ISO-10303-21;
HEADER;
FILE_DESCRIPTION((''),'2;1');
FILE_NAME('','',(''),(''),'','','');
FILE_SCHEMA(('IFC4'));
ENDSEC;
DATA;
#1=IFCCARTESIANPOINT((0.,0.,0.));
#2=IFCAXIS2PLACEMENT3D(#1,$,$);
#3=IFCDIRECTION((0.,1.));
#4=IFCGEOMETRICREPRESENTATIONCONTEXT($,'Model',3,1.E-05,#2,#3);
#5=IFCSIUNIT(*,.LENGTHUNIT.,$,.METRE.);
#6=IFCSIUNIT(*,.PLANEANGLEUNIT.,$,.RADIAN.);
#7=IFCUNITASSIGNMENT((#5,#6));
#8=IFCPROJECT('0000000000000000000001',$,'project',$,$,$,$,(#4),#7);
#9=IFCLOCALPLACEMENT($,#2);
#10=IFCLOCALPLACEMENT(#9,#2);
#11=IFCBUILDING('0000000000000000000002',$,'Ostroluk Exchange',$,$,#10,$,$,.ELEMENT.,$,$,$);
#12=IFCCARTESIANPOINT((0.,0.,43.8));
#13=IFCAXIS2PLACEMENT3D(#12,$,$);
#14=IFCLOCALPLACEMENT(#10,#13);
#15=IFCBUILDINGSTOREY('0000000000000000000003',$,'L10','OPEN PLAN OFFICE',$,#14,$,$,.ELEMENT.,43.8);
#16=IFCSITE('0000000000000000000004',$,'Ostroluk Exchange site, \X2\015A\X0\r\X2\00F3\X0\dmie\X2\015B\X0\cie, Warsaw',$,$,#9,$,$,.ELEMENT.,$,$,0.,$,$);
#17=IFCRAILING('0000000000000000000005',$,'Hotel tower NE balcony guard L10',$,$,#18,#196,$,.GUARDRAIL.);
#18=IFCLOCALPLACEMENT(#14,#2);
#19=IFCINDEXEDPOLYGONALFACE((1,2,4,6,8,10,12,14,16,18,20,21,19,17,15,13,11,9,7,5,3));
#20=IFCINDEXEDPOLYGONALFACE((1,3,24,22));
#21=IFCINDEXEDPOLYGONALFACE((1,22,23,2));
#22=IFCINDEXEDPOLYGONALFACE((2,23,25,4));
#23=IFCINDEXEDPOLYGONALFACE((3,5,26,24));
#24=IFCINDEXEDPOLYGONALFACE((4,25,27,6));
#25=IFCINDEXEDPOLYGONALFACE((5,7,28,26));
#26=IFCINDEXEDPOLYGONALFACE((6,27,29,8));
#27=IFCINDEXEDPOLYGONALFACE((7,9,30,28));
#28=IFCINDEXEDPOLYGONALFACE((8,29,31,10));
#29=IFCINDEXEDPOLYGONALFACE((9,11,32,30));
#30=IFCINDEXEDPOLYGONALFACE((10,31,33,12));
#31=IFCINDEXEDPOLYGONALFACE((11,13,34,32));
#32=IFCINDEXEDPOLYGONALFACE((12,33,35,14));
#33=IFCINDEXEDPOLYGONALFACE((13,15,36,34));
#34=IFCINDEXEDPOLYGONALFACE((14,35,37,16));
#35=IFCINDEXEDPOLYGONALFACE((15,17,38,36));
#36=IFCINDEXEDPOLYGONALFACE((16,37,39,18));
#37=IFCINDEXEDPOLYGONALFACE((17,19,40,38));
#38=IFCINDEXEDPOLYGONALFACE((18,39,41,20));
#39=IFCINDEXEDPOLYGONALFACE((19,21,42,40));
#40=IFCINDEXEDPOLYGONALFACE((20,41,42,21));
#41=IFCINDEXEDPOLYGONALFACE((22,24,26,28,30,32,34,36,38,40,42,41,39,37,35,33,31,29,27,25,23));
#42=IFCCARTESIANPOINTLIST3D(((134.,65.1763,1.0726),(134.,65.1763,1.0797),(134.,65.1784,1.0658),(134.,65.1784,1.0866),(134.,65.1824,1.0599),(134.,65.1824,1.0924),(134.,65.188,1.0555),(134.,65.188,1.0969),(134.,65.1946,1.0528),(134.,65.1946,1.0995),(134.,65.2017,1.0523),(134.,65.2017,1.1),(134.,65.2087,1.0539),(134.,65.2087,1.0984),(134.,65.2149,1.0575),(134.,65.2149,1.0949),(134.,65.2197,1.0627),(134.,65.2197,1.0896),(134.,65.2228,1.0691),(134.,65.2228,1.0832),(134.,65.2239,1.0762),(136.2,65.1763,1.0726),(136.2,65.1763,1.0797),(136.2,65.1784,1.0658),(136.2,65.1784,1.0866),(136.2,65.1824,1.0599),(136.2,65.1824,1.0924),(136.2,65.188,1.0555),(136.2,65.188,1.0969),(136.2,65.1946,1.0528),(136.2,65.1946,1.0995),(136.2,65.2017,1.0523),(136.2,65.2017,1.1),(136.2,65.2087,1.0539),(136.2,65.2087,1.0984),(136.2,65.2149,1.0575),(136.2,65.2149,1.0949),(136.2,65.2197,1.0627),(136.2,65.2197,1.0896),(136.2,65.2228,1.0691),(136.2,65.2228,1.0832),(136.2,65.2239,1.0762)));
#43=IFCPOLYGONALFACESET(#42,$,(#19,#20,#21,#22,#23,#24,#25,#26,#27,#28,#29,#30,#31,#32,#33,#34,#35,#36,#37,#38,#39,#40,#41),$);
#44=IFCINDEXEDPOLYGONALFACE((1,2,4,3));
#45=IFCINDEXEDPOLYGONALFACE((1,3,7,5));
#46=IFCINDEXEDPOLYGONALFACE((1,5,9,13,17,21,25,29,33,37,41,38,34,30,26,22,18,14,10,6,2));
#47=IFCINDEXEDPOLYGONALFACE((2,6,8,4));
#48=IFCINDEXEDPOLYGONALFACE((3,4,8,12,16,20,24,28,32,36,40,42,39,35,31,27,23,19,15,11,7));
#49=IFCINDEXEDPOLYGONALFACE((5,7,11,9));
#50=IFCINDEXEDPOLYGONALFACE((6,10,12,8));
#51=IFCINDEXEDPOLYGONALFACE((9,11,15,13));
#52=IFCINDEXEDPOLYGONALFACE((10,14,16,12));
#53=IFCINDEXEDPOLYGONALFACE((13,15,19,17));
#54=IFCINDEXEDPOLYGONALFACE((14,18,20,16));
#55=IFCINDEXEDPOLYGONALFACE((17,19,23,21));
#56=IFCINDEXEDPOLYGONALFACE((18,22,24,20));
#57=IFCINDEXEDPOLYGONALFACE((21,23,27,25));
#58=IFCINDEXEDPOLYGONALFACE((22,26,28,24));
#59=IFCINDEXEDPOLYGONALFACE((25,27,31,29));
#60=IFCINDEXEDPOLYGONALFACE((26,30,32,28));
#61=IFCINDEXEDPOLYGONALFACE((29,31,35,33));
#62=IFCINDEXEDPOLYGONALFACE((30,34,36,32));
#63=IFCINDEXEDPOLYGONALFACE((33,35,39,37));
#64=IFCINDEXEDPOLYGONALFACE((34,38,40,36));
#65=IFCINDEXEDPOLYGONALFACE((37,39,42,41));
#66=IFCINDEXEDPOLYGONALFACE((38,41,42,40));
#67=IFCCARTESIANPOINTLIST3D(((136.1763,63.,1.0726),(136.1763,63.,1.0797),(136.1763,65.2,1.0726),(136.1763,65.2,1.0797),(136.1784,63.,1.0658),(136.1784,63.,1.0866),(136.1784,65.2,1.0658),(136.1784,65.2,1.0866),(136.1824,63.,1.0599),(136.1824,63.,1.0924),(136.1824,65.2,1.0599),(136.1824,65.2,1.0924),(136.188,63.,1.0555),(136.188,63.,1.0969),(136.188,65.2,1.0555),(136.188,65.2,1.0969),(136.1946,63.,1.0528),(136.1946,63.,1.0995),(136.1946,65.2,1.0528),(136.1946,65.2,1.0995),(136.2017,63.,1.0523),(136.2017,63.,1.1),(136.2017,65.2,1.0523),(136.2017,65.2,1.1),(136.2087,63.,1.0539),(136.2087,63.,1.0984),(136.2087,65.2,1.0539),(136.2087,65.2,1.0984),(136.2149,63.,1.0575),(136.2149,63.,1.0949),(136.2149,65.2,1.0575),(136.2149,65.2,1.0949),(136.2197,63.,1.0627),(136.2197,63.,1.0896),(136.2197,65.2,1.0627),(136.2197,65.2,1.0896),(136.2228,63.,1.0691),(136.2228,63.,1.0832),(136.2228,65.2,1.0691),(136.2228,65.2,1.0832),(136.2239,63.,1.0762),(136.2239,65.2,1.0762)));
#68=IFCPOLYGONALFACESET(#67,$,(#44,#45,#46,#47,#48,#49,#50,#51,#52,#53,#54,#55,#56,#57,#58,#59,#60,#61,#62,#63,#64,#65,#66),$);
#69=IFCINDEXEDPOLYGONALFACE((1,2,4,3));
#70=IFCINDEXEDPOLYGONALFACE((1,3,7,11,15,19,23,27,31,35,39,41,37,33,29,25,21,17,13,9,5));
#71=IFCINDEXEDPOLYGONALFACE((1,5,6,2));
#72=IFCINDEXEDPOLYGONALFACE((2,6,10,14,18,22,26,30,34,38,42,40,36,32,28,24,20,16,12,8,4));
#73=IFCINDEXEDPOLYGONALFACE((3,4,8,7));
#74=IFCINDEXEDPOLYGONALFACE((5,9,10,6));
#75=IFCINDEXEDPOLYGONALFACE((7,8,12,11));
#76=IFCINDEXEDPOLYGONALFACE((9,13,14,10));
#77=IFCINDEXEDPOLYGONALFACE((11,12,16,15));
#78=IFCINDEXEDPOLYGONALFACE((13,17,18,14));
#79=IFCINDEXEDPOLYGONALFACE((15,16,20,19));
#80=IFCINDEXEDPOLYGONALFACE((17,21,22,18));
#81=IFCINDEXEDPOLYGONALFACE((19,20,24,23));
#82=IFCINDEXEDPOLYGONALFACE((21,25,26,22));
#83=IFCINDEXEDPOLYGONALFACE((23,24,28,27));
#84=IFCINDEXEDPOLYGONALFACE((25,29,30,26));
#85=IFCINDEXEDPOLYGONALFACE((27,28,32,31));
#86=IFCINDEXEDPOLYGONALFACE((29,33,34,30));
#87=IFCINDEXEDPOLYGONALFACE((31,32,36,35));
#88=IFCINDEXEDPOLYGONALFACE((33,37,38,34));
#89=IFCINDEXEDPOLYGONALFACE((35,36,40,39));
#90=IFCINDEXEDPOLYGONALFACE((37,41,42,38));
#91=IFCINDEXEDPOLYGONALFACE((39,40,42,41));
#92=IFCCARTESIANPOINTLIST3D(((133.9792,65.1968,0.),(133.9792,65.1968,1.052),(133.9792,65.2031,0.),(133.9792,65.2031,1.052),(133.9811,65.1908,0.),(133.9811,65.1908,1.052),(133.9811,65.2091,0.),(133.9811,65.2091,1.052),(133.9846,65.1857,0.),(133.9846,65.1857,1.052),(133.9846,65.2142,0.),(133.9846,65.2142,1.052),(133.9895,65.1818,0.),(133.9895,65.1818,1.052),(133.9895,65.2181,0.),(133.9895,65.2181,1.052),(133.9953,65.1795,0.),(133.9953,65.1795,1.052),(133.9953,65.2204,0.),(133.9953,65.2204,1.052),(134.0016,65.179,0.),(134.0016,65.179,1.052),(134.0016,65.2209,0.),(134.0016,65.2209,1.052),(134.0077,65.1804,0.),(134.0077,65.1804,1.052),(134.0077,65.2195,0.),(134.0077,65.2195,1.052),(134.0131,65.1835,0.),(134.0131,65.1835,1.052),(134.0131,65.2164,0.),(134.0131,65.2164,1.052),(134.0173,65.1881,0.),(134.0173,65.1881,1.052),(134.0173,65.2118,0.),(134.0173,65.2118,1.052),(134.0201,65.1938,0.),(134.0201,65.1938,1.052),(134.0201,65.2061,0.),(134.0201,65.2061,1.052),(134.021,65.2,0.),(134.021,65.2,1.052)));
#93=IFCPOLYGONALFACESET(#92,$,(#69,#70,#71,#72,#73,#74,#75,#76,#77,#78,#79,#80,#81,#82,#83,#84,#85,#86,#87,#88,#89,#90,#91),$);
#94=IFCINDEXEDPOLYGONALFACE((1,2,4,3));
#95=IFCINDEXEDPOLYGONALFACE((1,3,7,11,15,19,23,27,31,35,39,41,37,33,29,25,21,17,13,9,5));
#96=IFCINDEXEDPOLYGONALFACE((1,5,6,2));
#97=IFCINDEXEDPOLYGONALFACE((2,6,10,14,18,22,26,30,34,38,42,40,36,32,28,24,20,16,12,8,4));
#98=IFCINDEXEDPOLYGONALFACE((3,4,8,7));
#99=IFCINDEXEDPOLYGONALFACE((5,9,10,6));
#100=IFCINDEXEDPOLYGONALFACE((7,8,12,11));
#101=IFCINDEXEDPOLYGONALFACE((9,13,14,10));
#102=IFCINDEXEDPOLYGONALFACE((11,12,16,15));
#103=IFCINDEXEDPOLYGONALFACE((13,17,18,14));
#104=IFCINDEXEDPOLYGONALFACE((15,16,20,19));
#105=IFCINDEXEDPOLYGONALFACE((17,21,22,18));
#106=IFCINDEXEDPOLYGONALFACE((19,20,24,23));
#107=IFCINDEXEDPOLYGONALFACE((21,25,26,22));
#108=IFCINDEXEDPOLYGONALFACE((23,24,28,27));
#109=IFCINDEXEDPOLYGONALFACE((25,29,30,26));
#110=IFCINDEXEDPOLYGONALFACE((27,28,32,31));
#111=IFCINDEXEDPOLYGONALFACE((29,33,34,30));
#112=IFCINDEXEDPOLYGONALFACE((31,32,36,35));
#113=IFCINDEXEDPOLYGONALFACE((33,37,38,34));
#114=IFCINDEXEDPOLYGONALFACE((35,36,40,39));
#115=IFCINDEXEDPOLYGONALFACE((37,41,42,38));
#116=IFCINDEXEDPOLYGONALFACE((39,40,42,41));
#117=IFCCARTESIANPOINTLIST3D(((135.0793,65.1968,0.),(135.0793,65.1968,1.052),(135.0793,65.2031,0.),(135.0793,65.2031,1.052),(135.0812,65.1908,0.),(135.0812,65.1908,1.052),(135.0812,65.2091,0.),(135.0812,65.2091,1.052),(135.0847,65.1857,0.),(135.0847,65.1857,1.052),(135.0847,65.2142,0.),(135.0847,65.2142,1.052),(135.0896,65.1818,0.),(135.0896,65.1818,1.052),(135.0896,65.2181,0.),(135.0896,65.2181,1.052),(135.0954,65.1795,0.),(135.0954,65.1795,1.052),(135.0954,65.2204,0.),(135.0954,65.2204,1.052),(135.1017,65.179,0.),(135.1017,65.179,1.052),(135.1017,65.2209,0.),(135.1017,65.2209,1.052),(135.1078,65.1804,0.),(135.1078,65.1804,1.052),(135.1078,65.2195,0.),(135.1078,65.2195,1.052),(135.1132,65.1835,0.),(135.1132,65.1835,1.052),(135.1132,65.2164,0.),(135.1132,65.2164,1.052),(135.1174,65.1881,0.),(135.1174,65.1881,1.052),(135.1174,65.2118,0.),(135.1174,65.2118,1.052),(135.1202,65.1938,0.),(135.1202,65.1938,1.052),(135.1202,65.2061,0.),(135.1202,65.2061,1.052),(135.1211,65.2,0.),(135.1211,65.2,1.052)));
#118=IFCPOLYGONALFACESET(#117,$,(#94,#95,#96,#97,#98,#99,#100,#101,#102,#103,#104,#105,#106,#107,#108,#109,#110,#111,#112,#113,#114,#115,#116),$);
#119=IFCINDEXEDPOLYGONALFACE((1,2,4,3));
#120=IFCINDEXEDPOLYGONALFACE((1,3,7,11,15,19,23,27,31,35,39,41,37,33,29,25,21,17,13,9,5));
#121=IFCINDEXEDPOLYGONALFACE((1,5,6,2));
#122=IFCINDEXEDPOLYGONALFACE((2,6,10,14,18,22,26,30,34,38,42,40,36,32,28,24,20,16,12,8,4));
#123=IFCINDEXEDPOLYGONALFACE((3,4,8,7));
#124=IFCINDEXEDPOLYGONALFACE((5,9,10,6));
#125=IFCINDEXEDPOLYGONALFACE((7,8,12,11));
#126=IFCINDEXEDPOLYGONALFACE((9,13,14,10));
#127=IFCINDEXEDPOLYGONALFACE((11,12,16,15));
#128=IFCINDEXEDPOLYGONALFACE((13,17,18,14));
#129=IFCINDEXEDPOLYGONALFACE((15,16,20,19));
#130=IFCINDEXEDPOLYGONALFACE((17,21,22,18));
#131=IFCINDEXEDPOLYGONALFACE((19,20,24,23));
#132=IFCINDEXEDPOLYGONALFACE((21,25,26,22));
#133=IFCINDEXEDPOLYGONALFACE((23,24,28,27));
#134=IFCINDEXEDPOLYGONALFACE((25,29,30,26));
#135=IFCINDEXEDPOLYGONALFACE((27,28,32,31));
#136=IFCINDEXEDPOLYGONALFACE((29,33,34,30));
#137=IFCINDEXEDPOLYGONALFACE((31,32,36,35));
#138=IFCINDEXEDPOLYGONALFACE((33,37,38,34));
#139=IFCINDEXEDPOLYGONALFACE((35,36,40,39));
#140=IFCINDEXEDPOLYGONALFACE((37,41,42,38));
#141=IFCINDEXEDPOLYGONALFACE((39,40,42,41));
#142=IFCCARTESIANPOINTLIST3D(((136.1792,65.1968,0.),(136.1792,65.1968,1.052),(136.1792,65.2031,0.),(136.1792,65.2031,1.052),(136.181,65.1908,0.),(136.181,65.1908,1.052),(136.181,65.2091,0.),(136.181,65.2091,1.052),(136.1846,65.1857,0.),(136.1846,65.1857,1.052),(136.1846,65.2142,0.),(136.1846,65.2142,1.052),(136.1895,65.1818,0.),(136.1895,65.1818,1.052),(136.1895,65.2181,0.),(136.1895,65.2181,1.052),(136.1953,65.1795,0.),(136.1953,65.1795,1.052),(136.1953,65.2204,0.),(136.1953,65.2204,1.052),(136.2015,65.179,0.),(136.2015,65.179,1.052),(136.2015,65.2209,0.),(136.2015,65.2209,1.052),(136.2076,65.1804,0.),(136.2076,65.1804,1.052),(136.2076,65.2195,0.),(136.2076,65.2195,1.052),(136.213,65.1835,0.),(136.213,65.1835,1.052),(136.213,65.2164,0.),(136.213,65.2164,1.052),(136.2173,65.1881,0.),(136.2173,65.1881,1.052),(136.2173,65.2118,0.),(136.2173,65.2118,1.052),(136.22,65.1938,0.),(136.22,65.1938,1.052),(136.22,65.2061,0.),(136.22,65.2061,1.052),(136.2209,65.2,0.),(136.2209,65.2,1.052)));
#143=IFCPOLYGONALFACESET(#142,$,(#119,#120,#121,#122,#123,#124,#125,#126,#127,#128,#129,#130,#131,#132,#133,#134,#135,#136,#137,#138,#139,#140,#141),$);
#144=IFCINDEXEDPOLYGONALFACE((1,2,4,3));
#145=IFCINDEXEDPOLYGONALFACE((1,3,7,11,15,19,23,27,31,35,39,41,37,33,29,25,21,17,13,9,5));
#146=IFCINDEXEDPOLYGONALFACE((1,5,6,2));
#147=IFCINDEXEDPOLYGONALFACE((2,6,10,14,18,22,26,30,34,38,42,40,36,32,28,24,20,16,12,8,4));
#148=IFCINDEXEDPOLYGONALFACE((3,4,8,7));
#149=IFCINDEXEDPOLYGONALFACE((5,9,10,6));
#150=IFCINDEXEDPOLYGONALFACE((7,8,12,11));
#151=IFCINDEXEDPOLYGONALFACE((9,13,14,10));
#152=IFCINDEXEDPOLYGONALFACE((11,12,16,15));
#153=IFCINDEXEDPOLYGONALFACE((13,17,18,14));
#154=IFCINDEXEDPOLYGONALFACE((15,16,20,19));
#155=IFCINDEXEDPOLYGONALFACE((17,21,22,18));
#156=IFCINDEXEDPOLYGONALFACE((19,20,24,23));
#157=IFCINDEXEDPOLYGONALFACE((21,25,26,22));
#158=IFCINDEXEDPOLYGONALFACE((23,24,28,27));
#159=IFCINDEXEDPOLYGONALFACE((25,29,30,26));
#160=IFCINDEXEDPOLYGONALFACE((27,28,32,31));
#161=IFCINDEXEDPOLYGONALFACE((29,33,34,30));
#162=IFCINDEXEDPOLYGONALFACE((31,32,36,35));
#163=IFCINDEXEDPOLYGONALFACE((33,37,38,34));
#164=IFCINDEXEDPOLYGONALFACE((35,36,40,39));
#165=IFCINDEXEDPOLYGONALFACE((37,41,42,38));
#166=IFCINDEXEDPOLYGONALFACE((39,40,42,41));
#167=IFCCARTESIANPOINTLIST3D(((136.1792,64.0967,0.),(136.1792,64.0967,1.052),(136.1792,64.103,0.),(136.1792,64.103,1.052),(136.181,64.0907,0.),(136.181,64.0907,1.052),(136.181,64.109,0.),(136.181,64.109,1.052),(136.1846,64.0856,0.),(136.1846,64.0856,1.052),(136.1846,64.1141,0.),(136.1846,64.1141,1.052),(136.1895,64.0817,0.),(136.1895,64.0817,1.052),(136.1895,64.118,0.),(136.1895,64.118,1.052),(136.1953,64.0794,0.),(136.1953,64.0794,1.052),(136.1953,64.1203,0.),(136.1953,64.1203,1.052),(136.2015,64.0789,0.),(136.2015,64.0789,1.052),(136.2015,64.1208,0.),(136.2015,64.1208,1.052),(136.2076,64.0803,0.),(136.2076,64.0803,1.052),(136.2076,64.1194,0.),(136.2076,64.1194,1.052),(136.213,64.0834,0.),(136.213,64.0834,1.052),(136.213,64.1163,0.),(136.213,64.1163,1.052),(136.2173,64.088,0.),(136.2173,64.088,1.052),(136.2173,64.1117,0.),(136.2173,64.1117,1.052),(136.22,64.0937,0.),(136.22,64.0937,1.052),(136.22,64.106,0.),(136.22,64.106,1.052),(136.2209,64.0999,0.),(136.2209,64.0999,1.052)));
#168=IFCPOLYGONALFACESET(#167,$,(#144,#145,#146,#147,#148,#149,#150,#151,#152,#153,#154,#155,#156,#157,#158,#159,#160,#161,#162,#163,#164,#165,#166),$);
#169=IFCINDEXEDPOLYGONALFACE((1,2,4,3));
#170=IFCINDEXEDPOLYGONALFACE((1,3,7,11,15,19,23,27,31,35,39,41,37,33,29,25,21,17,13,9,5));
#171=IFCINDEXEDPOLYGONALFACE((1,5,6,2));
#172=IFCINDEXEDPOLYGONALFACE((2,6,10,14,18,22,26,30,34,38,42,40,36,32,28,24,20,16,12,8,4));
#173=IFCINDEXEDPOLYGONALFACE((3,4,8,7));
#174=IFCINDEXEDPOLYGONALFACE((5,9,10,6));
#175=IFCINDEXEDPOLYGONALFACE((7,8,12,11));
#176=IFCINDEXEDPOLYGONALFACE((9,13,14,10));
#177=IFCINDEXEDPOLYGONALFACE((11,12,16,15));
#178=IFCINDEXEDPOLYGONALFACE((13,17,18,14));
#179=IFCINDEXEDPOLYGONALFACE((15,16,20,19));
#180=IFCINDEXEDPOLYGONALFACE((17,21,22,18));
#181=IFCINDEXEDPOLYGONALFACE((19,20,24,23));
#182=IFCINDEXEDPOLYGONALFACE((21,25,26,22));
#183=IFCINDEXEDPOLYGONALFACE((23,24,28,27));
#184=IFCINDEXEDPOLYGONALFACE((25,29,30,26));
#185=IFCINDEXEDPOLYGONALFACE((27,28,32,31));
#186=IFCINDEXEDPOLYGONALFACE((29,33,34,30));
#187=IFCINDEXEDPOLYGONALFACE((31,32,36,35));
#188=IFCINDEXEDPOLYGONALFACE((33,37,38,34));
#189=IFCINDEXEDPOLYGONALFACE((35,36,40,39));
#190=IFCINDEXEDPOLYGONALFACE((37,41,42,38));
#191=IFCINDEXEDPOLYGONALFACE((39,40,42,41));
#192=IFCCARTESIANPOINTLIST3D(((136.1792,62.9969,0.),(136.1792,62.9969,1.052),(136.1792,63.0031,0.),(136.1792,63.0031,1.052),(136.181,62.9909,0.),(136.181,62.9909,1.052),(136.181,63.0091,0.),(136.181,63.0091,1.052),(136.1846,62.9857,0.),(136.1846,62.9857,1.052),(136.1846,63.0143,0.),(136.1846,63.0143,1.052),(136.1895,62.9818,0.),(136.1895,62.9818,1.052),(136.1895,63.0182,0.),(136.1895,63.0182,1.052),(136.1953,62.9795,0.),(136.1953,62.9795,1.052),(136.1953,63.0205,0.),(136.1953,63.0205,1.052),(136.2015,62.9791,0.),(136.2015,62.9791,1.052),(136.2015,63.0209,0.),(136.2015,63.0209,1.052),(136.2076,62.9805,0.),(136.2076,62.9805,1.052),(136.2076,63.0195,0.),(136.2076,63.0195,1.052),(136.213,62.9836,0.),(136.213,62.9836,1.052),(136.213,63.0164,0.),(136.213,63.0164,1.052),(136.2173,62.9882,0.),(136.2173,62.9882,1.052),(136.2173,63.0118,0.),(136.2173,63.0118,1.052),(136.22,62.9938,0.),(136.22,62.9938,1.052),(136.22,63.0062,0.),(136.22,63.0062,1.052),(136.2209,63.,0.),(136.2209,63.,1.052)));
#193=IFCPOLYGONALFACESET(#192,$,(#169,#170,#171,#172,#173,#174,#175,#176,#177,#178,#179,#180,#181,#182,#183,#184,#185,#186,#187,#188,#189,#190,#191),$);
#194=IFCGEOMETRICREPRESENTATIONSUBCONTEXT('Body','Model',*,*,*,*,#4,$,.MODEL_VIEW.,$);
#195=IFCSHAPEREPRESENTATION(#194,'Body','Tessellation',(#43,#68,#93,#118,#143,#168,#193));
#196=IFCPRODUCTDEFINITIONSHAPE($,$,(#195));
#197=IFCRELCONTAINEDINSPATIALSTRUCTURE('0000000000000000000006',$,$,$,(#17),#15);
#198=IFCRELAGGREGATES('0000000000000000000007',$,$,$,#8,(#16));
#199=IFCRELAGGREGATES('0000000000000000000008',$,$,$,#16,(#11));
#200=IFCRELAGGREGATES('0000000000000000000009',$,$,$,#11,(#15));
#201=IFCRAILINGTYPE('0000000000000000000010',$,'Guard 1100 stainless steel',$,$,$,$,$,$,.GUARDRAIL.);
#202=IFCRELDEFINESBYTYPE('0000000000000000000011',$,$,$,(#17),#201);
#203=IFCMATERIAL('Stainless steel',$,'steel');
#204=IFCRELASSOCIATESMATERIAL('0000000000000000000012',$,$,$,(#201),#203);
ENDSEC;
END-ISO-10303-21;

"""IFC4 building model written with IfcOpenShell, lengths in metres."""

from ifc_helpers import new_model, si_unit, direction, frame, origin, origin_2d, place, context, subcontext, project, spatial, circle, extrude, material, type_object, element, save


model = new_model("IFC4")

# Units and contexts
model_context = context("Model", 3, precision=1e-05, world=origin(), true_north=direction((0.0, 1.0)))
body_context = subcontext(model_context, "Body", "Model", "MODEL_VIEW")
ifc_project = project(units=[si_unit("LENGTHUNIT", "METRE"), si_unit("PLANEANGLEUNIT", "RADIAN")], contexts=[model_context])

# Site, building, storey
site_placement = place(None, origin())
site = spatial("IfcSite", under=ifc_project, at=site_placement, Name="Ostroluk Exchange site, Śródmieście, Warsaw", CompositionType="ELEMENT", RefElevation=0.0)
building_placement = place(site_placement, origin())
building = spatial("IfcBuilding", under=site, at=building_placement, Name="Ostroluk Exchange", CompositionType="ELEMENT")
storey_placement = place(building_placement, frame((0.0, 0.0, 43.8)))
storey = spatial("IfcBuildingStorey", under=building, at=storey_placement, Name="L10", Description="OPEN PLAN OFFICE", CompositionType="ELEMENT", Elevation=43.8)

# Railing
ifc_material_1 = material(Name="Stainless steel", Category="steel")
railing_type_1 = type_object("IfcRailingType", Name="Guard 1100 stainless steel", PredefinedType="GUARDRAIL", material=ifc_material_1)
railing_1_placement = place(storey_placement, frame((134.0, 65.2, 0.0)))
element("IfcRailing", 1, at=railing_1_placement, inside=storey, type_object=railing_type_1, Name="Hotel tower NE balcony guard L10", PredefinedType="GUARDRAIL", context=body_context, shape_type="SweptSolid", body=[
    extrude(circle(Radius=0.0239, at=origin_2d()), frame((0.0, 0.0, 1.0762), z_axis=(1.0, 0.0, 0.0), x_axis=(0.0, 1.0, 0.0)), (0.0, 0.0, 1.0), 2.2),
    extrude(circle(Radius=0.0239, at=origin_2d()), frame((2.2, 0.0, 1.0762), z_axis=(0.0, -1.0, 0.0), x_axis=(1.0, 0.0, 0.0)), (0.0, 0.0, 1.0), 2.2),
    extrude(circle(Radius=0.021, at=origin_2d()), origin(), (0.0, 0.0, 1.0), 1.052),
    extrude(circle(Radius=0.021, at=origin_2d()), frame((1.1001, 0.0, 0.0)), (0.0, 0.0, 1.0), 1.052),
    extrude(circle(Radius=0.021, at=origin_2d()), frame((2.2, 0.0, 0.0)), (0.0, 0.0, 1.0), 1.052),
    extrude(circle(Radius=0.021, at=origin_2d()), frame((2.2, -1.1001, 0.0)), (0.0, 0.0, 1.0), 1.052),
    extrude(circle(Radius=0.021, at=origin_2d()), frame((2.2, -2.2, 0.0)), (0.0, 0.0, 1.0), 1.052),
])

save(model, "model.ifc")
